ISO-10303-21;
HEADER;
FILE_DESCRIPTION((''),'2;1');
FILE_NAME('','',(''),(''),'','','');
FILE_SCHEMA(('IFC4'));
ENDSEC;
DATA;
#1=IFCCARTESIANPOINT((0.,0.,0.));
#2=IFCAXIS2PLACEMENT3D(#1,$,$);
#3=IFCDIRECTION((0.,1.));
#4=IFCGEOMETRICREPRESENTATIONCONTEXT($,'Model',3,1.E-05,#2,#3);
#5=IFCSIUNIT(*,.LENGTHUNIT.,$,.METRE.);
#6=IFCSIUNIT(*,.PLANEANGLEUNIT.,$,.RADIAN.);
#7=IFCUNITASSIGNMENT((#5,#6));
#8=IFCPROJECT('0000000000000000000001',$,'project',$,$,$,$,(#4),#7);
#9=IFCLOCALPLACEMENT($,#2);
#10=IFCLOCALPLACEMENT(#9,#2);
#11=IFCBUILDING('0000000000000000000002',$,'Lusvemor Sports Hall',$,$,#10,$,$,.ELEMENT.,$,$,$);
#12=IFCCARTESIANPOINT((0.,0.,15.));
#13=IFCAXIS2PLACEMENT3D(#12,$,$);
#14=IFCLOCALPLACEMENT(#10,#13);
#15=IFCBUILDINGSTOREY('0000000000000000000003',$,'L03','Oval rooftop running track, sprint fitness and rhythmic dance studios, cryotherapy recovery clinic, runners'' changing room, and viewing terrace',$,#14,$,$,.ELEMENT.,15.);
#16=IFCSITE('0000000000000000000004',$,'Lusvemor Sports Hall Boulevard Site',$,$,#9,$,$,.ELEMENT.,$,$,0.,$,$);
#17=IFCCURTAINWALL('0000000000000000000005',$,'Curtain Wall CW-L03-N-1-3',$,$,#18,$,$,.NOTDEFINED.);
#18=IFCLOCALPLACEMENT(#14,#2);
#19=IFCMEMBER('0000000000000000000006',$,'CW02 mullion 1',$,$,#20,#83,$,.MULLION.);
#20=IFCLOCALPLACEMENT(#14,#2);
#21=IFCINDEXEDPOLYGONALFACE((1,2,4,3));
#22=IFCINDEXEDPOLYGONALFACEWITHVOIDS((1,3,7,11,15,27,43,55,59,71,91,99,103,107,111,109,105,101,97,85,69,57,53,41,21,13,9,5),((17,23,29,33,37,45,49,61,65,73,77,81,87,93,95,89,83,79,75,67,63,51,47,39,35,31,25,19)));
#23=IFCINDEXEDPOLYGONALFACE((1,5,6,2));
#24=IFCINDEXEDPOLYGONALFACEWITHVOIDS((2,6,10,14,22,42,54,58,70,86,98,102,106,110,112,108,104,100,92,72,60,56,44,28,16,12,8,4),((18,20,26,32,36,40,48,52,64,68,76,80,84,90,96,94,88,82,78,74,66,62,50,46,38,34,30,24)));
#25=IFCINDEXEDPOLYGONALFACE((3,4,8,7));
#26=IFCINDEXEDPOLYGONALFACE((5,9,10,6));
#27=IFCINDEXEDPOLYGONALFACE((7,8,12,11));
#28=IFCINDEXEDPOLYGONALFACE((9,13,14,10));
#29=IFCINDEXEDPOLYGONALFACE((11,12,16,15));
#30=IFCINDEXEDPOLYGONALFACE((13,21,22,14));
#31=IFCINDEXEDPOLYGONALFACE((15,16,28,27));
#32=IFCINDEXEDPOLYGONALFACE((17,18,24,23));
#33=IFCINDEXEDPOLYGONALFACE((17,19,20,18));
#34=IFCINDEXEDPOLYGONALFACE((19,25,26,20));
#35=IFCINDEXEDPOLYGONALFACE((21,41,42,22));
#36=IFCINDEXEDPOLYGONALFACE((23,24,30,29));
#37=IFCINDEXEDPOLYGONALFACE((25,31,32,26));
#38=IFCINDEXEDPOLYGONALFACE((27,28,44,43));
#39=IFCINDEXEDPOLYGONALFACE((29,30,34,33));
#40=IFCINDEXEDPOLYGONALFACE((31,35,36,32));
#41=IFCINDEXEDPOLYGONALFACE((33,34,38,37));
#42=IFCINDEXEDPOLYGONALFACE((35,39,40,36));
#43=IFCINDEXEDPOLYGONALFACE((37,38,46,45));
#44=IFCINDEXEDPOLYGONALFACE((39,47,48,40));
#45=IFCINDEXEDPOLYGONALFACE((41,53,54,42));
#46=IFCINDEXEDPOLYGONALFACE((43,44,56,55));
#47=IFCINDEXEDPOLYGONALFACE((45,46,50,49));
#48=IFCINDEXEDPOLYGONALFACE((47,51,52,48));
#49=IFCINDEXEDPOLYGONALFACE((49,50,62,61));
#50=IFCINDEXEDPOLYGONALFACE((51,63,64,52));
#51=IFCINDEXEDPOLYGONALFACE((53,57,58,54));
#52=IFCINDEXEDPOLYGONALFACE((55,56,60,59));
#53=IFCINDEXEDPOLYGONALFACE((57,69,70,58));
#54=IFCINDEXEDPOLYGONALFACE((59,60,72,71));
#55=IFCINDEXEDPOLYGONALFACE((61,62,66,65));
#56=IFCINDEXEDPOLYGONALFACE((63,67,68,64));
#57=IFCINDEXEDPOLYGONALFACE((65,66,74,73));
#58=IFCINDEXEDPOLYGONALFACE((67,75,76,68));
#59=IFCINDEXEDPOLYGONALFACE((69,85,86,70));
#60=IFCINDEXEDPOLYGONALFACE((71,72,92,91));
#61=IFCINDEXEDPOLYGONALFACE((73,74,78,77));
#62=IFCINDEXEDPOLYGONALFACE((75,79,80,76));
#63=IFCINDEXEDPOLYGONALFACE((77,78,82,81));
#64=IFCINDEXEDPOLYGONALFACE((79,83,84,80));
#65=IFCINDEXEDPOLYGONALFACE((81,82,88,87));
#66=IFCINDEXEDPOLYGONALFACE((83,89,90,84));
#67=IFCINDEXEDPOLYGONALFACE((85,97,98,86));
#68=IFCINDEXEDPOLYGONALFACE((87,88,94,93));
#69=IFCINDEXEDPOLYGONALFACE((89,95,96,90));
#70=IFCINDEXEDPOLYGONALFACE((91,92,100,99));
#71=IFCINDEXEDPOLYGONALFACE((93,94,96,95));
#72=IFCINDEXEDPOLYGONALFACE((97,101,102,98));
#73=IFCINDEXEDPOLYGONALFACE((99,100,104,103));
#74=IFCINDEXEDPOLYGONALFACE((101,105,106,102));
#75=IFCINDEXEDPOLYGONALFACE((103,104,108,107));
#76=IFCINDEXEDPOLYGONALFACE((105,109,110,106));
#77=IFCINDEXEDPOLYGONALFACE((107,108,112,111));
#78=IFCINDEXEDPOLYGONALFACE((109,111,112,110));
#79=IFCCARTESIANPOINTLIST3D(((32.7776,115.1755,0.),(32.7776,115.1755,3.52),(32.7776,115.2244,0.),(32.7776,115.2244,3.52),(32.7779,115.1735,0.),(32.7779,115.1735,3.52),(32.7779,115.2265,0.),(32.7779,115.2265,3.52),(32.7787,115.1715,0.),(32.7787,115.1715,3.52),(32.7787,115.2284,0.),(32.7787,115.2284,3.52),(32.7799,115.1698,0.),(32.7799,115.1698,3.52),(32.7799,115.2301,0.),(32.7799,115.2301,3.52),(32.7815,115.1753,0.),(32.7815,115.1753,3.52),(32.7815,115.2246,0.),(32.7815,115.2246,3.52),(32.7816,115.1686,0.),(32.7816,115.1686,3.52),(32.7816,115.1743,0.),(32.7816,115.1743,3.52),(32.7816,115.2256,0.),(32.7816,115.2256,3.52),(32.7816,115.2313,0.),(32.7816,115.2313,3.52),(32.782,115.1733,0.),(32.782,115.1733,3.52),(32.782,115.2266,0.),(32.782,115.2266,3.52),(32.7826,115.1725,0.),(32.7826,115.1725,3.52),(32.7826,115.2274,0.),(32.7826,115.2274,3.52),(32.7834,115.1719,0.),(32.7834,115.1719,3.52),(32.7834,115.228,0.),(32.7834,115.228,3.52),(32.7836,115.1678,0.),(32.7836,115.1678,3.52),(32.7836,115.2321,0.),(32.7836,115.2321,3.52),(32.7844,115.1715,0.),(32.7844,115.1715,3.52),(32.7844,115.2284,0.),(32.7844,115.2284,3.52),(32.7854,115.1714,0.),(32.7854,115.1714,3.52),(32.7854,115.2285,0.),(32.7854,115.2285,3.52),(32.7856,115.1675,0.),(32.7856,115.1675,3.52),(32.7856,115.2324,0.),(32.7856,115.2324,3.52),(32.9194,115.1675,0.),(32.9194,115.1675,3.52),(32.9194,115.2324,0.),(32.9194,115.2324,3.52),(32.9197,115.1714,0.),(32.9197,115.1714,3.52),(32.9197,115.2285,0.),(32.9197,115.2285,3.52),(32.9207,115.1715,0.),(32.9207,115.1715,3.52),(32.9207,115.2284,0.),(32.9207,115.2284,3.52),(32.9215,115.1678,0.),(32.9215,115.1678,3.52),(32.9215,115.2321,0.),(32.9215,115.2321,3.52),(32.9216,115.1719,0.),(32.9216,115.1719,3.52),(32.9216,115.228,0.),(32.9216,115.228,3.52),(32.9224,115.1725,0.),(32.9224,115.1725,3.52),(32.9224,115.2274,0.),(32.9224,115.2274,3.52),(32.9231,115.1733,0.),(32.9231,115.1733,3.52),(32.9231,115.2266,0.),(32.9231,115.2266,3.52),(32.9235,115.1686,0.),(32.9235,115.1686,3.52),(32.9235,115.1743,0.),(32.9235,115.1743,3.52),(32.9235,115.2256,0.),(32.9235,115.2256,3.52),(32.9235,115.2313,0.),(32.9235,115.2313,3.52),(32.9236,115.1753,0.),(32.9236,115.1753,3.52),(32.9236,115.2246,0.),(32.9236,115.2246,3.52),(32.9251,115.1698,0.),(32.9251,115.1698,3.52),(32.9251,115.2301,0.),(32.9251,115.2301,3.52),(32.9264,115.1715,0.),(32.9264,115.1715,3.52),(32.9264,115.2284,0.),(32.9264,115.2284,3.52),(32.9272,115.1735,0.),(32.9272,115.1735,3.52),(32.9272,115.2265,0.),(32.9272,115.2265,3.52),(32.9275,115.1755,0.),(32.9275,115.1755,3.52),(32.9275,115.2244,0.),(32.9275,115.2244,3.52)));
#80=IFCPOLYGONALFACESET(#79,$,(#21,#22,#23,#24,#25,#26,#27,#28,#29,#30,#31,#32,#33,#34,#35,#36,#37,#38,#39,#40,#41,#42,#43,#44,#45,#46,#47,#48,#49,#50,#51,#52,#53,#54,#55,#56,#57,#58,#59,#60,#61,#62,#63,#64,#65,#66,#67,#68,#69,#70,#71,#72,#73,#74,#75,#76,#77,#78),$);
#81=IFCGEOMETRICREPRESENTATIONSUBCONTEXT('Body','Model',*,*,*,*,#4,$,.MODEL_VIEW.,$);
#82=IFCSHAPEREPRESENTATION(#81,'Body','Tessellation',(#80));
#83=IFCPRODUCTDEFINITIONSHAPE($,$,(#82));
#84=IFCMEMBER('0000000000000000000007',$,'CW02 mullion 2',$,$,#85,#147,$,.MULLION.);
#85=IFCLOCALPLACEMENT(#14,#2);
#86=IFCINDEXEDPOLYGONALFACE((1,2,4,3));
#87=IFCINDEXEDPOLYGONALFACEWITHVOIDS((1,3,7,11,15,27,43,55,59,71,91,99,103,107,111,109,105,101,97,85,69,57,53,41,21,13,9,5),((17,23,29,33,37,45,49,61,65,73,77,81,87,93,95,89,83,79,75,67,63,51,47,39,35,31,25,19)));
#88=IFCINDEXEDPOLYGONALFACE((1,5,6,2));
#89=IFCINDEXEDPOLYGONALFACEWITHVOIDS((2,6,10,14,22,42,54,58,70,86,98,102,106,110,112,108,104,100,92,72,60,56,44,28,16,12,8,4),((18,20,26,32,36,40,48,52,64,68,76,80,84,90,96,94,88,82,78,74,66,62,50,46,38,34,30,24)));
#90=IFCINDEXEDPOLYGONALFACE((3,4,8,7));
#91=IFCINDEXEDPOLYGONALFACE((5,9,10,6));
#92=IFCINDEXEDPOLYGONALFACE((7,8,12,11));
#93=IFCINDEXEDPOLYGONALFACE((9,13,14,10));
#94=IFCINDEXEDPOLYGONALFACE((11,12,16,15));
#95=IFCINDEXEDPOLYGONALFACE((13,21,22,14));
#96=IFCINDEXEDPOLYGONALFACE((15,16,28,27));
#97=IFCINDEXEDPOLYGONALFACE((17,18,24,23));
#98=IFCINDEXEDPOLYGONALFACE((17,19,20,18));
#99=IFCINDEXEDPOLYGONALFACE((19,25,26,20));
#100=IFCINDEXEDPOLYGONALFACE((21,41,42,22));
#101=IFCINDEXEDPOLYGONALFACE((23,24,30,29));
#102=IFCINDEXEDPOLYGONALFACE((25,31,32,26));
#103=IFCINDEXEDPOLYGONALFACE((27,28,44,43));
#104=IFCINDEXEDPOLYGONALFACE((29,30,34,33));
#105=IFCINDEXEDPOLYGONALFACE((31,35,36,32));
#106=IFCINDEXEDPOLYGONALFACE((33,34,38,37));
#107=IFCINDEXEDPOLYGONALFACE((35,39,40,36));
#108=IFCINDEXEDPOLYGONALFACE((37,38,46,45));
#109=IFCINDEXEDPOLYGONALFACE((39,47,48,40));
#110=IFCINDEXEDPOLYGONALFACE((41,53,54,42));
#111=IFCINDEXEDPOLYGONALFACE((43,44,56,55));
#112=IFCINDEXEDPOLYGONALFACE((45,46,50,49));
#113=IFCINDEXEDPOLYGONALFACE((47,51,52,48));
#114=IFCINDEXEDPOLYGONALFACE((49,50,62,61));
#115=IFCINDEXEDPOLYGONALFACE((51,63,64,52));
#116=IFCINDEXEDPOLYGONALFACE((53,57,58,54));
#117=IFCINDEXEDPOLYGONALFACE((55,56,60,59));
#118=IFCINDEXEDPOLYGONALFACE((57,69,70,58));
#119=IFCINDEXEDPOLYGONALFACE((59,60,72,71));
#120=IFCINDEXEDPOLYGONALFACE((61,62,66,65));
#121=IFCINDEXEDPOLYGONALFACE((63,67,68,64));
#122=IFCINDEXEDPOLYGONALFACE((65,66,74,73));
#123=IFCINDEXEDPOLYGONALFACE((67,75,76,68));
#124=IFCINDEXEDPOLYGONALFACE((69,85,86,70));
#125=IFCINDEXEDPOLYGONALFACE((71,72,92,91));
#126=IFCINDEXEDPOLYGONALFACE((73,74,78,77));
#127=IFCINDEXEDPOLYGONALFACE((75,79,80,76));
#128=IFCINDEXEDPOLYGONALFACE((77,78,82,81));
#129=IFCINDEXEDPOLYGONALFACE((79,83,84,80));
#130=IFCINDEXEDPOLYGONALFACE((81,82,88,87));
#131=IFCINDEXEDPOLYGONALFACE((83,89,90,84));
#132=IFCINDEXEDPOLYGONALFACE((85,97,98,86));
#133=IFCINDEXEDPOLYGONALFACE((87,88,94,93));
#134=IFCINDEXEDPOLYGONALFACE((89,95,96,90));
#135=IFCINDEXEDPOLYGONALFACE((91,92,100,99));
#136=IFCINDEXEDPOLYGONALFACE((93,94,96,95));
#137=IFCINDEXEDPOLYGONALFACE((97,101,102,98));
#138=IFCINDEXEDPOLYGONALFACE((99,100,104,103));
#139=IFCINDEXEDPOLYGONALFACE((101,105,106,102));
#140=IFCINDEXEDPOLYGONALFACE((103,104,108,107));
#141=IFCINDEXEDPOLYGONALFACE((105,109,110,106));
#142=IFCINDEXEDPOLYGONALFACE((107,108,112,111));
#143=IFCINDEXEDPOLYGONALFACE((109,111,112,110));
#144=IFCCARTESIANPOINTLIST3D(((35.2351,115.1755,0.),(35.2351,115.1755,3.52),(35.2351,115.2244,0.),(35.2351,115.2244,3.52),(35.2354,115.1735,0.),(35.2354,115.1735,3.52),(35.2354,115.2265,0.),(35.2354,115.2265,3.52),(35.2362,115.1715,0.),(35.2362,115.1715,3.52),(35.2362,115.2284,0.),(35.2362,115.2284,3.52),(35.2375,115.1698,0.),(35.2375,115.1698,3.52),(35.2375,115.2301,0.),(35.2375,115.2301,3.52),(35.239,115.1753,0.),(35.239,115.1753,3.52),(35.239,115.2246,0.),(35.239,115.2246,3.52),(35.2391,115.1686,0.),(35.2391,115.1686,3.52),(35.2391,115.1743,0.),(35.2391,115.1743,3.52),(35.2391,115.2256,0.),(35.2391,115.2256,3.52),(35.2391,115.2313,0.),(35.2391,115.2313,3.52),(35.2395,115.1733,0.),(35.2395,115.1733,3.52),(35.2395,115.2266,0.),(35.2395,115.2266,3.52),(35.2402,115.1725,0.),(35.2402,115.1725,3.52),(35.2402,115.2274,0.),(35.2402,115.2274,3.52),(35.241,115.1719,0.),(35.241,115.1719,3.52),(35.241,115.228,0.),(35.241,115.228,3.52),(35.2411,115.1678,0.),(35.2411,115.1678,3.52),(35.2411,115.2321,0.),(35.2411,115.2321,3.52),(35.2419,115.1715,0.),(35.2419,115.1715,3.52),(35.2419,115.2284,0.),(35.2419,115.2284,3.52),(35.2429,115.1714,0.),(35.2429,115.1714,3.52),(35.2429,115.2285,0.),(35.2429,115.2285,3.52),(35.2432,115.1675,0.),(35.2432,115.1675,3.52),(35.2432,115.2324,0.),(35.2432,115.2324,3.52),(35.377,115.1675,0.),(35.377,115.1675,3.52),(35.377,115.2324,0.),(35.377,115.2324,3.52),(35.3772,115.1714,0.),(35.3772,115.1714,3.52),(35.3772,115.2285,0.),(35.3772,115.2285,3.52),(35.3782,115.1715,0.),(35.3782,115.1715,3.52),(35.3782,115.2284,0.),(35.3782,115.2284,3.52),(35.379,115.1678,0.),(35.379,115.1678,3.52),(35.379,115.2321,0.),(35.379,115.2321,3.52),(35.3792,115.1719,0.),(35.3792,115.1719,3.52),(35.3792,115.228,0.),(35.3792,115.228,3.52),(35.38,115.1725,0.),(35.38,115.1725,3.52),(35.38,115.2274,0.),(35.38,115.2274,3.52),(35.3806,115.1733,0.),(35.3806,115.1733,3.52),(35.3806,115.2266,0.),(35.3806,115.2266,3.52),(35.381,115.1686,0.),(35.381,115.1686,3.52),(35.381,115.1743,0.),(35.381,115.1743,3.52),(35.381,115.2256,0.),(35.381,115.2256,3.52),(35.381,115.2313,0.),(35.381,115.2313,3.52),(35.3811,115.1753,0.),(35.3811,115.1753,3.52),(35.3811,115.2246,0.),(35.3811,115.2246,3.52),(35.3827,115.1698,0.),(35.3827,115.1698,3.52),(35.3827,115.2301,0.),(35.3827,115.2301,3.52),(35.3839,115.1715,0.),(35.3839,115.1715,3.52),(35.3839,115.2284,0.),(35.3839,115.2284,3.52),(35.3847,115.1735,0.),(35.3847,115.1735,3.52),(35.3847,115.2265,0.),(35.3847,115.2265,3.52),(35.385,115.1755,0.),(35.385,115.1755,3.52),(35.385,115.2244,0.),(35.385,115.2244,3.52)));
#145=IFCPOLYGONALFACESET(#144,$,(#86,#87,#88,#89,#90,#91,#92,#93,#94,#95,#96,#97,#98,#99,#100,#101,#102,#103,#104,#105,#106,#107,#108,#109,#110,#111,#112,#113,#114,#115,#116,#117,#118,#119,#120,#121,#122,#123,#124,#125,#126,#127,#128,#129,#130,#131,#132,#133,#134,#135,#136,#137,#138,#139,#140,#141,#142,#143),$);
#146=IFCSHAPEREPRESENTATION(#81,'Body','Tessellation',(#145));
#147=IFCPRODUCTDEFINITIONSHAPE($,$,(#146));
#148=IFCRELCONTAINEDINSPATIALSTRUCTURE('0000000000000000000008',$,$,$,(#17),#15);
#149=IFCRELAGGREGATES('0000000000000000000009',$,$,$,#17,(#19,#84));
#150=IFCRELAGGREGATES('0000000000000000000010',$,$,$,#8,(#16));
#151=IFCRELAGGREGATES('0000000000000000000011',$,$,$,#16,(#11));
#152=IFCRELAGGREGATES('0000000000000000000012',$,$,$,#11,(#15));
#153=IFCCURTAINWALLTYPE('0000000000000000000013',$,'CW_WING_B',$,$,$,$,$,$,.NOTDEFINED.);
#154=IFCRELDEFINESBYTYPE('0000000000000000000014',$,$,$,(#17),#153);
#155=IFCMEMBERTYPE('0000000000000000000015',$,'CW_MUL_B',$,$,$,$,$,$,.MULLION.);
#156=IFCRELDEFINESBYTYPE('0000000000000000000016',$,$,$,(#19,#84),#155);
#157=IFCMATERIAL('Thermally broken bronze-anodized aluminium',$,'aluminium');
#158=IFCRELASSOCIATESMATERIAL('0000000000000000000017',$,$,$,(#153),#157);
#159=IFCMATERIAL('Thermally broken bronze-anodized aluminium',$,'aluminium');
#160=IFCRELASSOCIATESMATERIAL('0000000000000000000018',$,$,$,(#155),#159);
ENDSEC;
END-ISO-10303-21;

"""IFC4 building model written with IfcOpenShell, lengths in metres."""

from ifc_helpers import new_model, si_unit, direction, frame, origin, origin_2d, place, context, subcontext, project, spatial, hollow_rectangle, extrude, material, material_profile, profile_set, type_object, element, aggregate, save


model = new_model("IFC4")

# Units and contexts
model_context = context("Model", 3, precision=1e-05, world=origin(), true_north=direction((0.0, 1.0)))
body_context = subcontext(model_context, "Body", "Model", "MODEL_VIEW")
ifc_project = project(units=[si_unit("LENGTHUNIT", "METRE"), si_unit("PLANEANGLEUNIT", "RADIAN")], contexts=[model_context])

# Site, building, storey
site_placement = place(None, origin())
site = spatial("IfcSite", under=ifc_project, at=site_placement, Name="Lusvemor Sports Hall Boulevard Site", CompositionType="ELEMENT", RefElevation=0.0)
building_placement = place(site_placement, origin())
building = spatial("IfcBuilding", under=site, at=building_placement, Name="Lusvemor Sports Hall", CompositionType="ELEMENT")
storey_placement = place(building_placement, frame((0.0, 0.0, 15.0)))
storey = spatial("IfcBuildingStorey", under=building, at=storey_placement, Name="L03", Description="Oval rooftop running track, sprint fitness and rhythmic dance studios, cryotherapy recovery clinic, runners' changing room, and viewing terrace", CompositionType="ELEMENT", Elevation=15.0)

# Curtain wall, members
ifc_material_1 = material(Name="Thermally broken bronze-anodized aluminium", Category="aluminium")
curtain_wall_type = type_object("IfcCurtainWallType", Name="CW_WING_B", PredefinedType="NOTDEFINED", material=ifc_material_1)
curtain_wall_1_placement = place(storey_placement, origin())
curtain_wall_1 = element("IfcCurtainWall", 1, at=curtain_wall_1_placement, inside=storey, type_object=curtain_wall_type, Name="Curtain Wall CW-L03-N-1-3", PredefinedType="NOTDEFINED")
ifc_material_2 = material(Name="Thermally broken bronze-anodized aluminium", Category="aluminium")
ifc_material_profile_1 = material_profile(ifc_material_2, hollow_rectangle(XDim=0.0649, YDim=0.1499, WallThickness=0.0039, InnerFilletRadius=0.0039, OuterFilletRadius=0.0081, at=origin_2d()), Name="CWMUL150x65x4")
ifc_profile_set_1 = profile_set([ifc_material_profile_1], Name="Thermally broken bronze-anodized aluminium")
member_type_1 = type_object("IfcMemberType", Name="CW_MUL_B", PredefinedType="MULLION", material=ifc_profile_set_1)
member_1_placement = place(storey_placement, frame((32.8525, 115.2, 0.0), z_axis=(0.0, 0.0, 1.0), x_axis=(0.0, 1.0, 0.0)))
member_1 = element("IfcMember", 2, at=member_1_placement, type_object=member_type_1, Name="CW02 mullion 1", PredefinedType="MULLION", context=body_context, shape_type="SweptSolid", body=[
    extrude(hollow_rectangle(XDim=0.0649, YDim=0.1499, WallThickness=0.0039, InnerFilletRadius=0.0039, OuterFilletRadius=0.0081, at=origin_2d()), origin(), (0.0, 0.0, 1.0), 3.52),
])
member_2_placement = place(storey_placement, frame((35.3101, 115.2, 0.0), z_axis=(0.0, 0.0, 1.0), x_axis=(0.0, 1.0, 0.0)))
member_2 = element("IfcMember", 3, at=member_2_placement, type_object=member_type_1, Name="CW02 mullion 2", PredefinedType="MULLION", context=body_context, shape_type="SweptSolid", body=[
    extrude(hollow_rectangle(XDim=0.0649, YDim=0.1499, WallThickness=0.0039, InnerFilletRadius=0.0039, OuterFilletRadius=0.0081, at=origin_2d()), origin(), (0.0, 0.0, 1.0), 3.52),
])

aggregate(curtain_wall_1, [member_1, member_2])

save(model, "model.ifc")
